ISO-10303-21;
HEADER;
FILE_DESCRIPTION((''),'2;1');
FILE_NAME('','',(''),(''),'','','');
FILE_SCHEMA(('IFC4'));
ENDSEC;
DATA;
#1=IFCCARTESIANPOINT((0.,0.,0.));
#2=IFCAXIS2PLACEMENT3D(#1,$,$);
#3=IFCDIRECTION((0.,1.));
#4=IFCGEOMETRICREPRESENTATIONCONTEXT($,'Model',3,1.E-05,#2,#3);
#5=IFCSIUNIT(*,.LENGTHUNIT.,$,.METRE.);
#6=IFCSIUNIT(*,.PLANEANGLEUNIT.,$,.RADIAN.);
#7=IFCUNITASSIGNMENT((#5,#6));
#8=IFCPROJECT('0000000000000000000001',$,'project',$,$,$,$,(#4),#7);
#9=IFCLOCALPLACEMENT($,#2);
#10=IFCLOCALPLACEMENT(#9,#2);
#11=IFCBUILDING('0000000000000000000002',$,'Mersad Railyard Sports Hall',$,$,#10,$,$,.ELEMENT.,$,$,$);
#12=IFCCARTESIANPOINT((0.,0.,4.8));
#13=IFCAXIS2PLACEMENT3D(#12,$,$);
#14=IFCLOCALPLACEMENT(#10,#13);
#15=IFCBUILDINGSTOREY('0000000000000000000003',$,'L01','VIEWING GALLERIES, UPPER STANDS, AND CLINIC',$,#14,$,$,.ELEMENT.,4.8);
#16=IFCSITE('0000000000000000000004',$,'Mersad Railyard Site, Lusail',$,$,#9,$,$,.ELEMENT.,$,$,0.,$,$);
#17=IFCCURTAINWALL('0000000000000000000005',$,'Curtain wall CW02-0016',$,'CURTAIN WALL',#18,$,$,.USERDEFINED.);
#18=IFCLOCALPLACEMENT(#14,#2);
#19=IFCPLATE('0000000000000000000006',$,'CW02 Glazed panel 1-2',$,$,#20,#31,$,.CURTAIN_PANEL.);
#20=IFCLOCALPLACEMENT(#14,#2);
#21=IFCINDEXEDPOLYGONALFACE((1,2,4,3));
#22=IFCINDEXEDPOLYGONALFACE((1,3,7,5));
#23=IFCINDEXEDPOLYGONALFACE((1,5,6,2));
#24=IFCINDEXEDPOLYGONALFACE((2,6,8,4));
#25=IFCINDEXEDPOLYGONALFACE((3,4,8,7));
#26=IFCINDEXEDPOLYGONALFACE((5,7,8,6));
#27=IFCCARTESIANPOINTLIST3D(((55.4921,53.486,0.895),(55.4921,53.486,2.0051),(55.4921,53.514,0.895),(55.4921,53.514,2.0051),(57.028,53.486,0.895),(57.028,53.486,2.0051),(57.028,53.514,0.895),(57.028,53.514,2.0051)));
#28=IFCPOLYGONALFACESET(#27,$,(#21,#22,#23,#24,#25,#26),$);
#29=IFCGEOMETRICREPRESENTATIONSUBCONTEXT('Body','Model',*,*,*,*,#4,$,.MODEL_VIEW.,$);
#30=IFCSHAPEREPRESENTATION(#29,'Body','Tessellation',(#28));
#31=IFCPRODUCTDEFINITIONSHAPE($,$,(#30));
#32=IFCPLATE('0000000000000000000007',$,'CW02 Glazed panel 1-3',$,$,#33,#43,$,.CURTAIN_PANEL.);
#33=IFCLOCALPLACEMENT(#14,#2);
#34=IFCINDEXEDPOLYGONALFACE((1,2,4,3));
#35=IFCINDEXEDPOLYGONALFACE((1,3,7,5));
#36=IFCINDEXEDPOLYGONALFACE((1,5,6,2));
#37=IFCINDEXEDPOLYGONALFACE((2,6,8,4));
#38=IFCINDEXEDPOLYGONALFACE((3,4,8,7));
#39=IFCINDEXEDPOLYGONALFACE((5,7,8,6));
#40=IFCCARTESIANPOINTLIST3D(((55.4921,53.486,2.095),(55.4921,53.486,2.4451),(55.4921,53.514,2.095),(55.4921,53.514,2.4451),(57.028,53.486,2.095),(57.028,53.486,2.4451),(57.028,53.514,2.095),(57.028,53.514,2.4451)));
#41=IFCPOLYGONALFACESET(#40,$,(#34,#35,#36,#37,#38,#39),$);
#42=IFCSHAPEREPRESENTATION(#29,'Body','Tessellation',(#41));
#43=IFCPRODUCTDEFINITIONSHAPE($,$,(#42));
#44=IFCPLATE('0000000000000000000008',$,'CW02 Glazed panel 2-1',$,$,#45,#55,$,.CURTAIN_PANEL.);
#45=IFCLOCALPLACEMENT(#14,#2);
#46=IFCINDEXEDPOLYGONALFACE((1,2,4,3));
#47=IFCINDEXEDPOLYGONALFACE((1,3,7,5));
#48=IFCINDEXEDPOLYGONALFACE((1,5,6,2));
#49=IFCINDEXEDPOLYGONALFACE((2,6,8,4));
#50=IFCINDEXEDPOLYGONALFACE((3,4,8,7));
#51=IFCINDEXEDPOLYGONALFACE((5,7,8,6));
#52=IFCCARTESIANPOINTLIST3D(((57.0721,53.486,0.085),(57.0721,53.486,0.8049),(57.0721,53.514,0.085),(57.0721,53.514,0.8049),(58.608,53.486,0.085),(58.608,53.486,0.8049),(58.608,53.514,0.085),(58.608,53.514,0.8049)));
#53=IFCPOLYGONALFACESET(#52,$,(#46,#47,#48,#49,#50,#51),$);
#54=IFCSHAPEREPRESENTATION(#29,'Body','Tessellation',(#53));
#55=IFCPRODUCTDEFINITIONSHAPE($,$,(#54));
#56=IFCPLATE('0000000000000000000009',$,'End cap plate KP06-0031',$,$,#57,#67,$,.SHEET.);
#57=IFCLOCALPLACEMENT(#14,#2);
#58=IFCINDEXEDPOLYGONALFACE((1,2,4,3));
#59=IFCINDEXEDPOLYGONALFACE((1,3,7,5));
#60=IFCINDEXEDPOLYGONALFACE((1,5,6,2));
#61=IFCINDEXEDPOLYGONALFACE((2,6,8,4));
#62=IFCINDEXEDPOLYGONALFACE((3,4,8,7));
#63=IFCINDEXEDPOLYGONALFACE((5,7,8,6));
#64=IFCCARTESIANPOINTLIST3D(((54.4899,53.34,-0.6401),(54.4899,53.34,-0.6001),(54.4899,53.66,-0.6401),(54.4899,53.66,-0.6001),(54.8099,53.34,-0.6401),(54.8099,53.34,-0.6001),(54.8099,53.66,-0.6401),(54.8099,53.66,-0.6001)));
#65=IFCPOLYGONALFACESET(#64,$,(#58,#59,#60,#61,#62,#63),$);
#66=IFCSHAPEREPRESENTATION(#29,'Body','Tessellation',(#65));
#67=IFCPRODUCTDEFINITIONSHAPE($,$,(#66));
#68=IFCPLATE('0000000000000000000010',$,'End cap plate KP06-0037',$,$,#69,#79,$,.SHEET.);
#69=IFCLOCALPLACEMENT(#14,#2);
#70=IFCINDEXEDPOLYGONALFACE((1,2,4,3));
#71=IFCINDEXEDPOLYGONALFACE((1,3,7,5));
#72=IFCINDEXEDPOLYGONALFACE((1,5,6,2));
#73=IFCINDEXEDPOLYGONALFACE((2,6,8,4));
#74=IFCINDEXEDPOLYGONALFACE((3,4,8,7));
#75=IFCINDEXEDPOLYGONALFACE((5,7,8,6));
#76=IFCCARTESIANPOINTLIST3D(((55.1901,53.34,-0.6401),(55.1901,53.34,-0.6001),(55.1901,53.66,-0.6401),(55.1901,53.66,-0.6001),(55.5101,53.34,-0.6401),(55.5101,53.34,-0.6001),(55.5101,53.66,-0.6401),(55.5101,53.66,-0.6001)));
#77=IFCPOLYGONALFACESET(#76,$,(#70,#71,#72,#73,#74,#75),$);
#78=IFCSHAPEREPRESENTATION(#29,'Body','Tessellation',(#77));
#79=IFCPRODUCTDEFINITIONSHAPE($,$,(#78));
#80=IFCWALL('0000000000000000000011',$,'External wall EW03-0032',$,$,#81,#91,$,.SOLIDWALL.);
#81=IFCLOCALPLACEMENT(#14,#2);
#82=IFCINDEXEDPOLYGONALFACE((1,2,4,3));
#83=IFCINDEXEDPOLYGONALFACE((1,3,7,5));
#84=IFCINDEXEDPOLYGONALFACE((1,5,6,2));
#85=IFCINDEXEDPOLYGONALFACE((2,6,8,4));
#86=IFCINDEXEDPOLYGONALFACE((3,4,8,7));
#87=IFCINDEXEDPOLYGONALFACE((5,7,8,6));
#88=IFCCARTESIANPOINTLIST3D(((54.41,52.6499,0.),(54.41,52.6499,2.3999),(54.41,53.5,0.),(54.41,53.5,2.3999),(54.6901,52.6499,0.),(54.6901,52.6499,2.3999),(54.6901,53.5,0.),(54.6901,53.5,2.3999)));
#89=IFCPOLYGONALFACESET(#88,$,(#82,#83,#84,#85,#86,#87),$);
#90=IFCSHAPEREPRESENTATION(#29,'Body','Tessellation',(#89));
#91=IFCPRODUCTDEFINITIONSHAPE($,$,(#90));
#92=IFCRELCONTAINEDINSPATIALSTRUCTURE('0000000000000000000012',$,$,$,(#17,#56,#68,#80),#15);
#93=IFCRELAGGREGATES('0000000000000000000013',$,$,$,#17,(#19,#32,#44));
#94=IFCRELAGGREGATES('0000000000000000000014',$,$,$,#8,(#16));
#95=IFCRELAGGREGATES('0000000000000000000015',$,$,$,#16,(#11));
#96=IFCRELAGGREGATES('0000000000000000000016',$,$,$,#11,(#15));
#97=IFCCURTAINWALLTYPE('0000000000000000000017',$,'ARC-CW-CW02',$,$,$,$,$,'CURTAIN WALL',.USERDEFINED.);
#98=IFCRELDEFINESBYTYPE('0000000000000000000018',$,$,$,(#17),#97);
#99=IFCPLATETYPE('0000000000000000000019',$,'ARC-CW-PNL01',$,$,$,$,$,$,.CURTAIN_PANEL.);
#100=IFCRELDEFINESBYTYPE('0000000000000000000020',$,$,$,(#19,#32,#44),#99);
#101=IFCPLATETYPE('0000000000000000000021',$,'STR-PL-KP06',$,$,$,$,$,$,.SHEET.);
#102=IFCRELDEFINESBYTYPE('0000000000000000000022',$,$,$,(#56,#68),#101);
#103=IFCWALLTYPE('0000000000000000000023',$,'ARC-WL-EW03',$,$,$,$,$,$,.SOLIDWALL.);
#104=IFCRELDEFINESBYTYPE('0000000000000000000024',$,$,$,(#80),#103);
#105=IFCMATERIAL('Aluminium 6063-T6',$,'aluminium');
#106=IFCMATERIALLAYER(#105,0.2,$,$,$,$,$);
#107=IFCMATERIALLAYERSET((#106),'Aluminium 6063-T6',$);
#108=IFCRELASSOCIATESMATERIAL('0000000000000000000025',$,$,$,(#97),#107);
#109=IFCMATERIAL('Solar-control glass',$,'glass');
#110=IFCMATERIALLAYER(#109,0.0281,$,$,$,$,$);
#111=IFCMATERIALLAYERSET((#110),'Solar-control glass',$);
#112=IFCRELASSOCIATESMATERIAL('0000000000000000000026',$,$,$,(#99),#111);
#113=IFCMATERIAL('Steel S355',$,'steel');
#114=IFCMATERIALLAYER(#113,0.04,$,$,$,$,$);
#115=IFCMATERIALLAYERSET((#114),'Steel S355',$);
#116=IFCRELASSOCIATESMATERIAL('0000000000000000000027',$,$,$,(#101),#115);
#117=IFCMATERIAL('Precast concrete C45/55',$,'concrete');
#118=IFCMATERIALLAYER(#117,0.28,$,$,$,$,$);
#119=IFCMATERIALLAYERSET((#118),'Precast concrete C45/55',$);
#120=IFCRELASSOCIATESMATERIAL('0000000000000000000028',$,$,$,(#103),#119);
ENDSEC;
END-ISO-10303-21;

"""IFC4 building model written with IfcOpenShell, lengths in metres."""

from ifc_helpers import new_model, si_unit, direction, frame, frame_2d, origin, origin_2d, place, context, subcontext, project, spatial, rectangle, extrude, material, layer, layer_set, type_object, element, aggregate, save


model = new_model("IFC4")

# Units and contexts
model_context = context("Model", 3, precision=1e-05, world=origin(), true_north=direction((0.0, 1.0)))
body_context = subcontext(model_context, "Body", "Model", "MODEL_VIEW")
ifc_project = project(units=[si_unit("LENGTHUNIT", "METRE"), si_unit("PLANEANGLEUNIT", "RADIAN")], contexts=[model_context])

# Site, building, storey
site_placement = place(None, origin())
site = spatial("IfcSite", under=ifc_project, at=site_placement, Name="Mersad Railyard Site, Lusail", CompositionType="ELEMENT", RefElevation=0.0)
building_placement = place(site_placement, origin())
building = spatial("IfcBuilding", under=site, at=building_placement, Name="Mersad Railyard Sports Hall", CompositionType="ELEMENT")
storey_placement = place(building_placement, frame((0.0, 0.0, 4.8)))
storey = spatial("IfcBuildingStorey", under=building, at=storey_placement, Name="L01", Description="VIEWING GALLERIES, UPPER STANDS, AND CLINIC", CompositionType="ELEMENT", Elevation=4.8)

# Curtain wall
ifc_material_1 = material(Name="Aluminium 6063-T6", Category="aluminium")
ifc_layer_1 = layer(ifc_material_1, 0.2)
ifc_layer_set_1 = layer_set([ifc_layer_1], Name="Aluminium 6063-T6")
curtain_wall_type = type_object("IfcCurtainWallType", Name="ARC-CW-CW02", ElementType="CURTAIN WALL", PredefinedType="USERDEFINED", material=ifc_layer_set_1)
curtain_wall_1_placement = place(storey_placement, origin())
curtain_wall_1 = element("IfcCurtainWall", 1, at=curtain_wall_1_placement, inside=storey, type_object=curtain_wall_type, Name="Curtain wall CW02-0016", ObjectType="CURTAIN WALL", PredefinedType="USERDEFINED")

# Shared definitions
ifc_material_2 = material(Name="Steel S355", Category="steel")

# Plates
ifc_material_3 = material(Name="Solar-control glass", Category="glass")
ifc_layer_2 = layer(ifc_material_3, 0.0281)
ifc_layer_set_2 = layer_set([ifc_layer_2], Name="Solar-control glass")
plate_type_1 = type_object("IfcPlateType", Name="ARC-CW-PNL01", PredefinedType="CURTAIN_PANEL", material=ifc_layer_set_2)
plate_1_placement = place(storey_placement, frame((56.26, 53.5, 0.895), z_axis=(0.0, 0.0, 1.0), x_axis=(1.0, 0.0, 0.0)))
plate_1 = element("IfcPlate", 2, at=plate_1_placement, type_object=plate_type_1, Name="CW02 Glazed panel 1-2", PredefinedType="CURTAIN_PANEL", context=body_context, shape_type="SweptSolid", body=[
    extrude(rectangle(XDim=1.5359, YDim=0.0281, at=origin_2d()), origin(), (0.0, 0.0, 1.0), 1.1101),
])
plate_2_placement = place(storey_placement, frame((56.26, 53.5, 2.095), z_axis=(0.0, 0.0, 1.0), x_axis=(1.0, 0.0, 0.0)))
plate_2 = element("IfcPlate", 3, at=plate_2_placement, type_object=plate_type_1, Name="CW02 Glazed panel 1-3", PredefinedType="CURTAIN_PANEL", context=body_context, shape_type="SweptSolid", body=[
    extrude(rectangle(XDim=1.5359, YDim=0.0281, at=origin_2d()), origin(), (0.0, 0.0, 1.0), 0.3501),
])
plate_3_placement = place(storey_placement, frame((57.8401, 53.5, 0.085), z_axis=(0.0, 0.0, 1.0), x_axis=(1.0, 0.0, 0.0)))
plate_3 = element("IfcPlate", 4, at=plate_3_placement, type_object=plate_type_1, Name="CW02 Glazed panel 2-1", PredefinedType="CURTAIN_PANEL", context=body_context, shape_type="SweptSolid", body=[
    extrude(rectangle(XDim=1.5359, YDim=0.0281, at=origin_2d()), origin(), (0.0, 0.0, 1.0), 0.72),
])
aggregate(curtain_wall_1, [plate_1, plate_2, plate_3])

# Plates
ifc_layer_3 = layer(ifc_material_2, 0.04)
ifc_layer_set_3 = layer_set([ifc_layer_3], Name="Steel S355")
plate_type_2 = type_object("IfcPlateType", Name="STR-PL-KP06", PredefinedType="SHEET", material=ifc_layer_set_3)
for number, where, z_axis, x_axis, name in (
    (5, (54.6499, 53.5, -0.6401), (0.0, 0.0, 1.0), (1.0, 0.0, 0.0), "End cap plate KP06-0031"),
    (6, (55.3501, 53.5, -0.6401), (0.0, 0.0, 1.0), (1.0, 0.0, 0.0), "End cap plate KP06-0037"),
):
    element("IfcPlate", number, at=place(storey_placement, frame(where, z_axis=z_axis, x_axis=x_axis)), inside=storey, type_object=plate_type_2, Name=name, PredefinedType="SHEET", context=body_context, shape_type="SweptSolid", body=[
        extrude(rectangle(XDim=0.3201, YDim=0.3201, at=origin_2d()), origin(), (0.0, 0.0, 1.0), 0.04),
    ])

# Wall
ifc_material_4 = material(Name="Precast concrete C45/55", Category="concrete")
ifc_layer_4 = layer(ifc_material_4, 0.28)
ifc_layer_set_4 = layer_set([ifc_layer_4], Name="Precast concrete C45/55")
wall_type = type_object("IfcWallType", Name="ARC-WL-EW03", PredefinedType="SOLIDWALL", material=ifc_layer_set_4)
wall_placement = place(storey_placement, frame((54.55, 53.5, 0.0), z_axis=(0.0, 0.0, 1.0), x_axis=(0.0, -1.0, 0.0)))
element("IfcWall", 7, at=wall_placement, inside=storey, type_object=wall_type, Name="External wall EW03-0032", PredefinedType="SOLIDWALL", context=body_context, shape_type="SweptSolid", body=[
    extrude(rectangle(XDim=0.8501, YDim=0.28, at=frame_2d((0.425, 0.0))), origin(), (0.0, 0.0, 1.0), 2.3999),
])

save(model, "model.ifc")
